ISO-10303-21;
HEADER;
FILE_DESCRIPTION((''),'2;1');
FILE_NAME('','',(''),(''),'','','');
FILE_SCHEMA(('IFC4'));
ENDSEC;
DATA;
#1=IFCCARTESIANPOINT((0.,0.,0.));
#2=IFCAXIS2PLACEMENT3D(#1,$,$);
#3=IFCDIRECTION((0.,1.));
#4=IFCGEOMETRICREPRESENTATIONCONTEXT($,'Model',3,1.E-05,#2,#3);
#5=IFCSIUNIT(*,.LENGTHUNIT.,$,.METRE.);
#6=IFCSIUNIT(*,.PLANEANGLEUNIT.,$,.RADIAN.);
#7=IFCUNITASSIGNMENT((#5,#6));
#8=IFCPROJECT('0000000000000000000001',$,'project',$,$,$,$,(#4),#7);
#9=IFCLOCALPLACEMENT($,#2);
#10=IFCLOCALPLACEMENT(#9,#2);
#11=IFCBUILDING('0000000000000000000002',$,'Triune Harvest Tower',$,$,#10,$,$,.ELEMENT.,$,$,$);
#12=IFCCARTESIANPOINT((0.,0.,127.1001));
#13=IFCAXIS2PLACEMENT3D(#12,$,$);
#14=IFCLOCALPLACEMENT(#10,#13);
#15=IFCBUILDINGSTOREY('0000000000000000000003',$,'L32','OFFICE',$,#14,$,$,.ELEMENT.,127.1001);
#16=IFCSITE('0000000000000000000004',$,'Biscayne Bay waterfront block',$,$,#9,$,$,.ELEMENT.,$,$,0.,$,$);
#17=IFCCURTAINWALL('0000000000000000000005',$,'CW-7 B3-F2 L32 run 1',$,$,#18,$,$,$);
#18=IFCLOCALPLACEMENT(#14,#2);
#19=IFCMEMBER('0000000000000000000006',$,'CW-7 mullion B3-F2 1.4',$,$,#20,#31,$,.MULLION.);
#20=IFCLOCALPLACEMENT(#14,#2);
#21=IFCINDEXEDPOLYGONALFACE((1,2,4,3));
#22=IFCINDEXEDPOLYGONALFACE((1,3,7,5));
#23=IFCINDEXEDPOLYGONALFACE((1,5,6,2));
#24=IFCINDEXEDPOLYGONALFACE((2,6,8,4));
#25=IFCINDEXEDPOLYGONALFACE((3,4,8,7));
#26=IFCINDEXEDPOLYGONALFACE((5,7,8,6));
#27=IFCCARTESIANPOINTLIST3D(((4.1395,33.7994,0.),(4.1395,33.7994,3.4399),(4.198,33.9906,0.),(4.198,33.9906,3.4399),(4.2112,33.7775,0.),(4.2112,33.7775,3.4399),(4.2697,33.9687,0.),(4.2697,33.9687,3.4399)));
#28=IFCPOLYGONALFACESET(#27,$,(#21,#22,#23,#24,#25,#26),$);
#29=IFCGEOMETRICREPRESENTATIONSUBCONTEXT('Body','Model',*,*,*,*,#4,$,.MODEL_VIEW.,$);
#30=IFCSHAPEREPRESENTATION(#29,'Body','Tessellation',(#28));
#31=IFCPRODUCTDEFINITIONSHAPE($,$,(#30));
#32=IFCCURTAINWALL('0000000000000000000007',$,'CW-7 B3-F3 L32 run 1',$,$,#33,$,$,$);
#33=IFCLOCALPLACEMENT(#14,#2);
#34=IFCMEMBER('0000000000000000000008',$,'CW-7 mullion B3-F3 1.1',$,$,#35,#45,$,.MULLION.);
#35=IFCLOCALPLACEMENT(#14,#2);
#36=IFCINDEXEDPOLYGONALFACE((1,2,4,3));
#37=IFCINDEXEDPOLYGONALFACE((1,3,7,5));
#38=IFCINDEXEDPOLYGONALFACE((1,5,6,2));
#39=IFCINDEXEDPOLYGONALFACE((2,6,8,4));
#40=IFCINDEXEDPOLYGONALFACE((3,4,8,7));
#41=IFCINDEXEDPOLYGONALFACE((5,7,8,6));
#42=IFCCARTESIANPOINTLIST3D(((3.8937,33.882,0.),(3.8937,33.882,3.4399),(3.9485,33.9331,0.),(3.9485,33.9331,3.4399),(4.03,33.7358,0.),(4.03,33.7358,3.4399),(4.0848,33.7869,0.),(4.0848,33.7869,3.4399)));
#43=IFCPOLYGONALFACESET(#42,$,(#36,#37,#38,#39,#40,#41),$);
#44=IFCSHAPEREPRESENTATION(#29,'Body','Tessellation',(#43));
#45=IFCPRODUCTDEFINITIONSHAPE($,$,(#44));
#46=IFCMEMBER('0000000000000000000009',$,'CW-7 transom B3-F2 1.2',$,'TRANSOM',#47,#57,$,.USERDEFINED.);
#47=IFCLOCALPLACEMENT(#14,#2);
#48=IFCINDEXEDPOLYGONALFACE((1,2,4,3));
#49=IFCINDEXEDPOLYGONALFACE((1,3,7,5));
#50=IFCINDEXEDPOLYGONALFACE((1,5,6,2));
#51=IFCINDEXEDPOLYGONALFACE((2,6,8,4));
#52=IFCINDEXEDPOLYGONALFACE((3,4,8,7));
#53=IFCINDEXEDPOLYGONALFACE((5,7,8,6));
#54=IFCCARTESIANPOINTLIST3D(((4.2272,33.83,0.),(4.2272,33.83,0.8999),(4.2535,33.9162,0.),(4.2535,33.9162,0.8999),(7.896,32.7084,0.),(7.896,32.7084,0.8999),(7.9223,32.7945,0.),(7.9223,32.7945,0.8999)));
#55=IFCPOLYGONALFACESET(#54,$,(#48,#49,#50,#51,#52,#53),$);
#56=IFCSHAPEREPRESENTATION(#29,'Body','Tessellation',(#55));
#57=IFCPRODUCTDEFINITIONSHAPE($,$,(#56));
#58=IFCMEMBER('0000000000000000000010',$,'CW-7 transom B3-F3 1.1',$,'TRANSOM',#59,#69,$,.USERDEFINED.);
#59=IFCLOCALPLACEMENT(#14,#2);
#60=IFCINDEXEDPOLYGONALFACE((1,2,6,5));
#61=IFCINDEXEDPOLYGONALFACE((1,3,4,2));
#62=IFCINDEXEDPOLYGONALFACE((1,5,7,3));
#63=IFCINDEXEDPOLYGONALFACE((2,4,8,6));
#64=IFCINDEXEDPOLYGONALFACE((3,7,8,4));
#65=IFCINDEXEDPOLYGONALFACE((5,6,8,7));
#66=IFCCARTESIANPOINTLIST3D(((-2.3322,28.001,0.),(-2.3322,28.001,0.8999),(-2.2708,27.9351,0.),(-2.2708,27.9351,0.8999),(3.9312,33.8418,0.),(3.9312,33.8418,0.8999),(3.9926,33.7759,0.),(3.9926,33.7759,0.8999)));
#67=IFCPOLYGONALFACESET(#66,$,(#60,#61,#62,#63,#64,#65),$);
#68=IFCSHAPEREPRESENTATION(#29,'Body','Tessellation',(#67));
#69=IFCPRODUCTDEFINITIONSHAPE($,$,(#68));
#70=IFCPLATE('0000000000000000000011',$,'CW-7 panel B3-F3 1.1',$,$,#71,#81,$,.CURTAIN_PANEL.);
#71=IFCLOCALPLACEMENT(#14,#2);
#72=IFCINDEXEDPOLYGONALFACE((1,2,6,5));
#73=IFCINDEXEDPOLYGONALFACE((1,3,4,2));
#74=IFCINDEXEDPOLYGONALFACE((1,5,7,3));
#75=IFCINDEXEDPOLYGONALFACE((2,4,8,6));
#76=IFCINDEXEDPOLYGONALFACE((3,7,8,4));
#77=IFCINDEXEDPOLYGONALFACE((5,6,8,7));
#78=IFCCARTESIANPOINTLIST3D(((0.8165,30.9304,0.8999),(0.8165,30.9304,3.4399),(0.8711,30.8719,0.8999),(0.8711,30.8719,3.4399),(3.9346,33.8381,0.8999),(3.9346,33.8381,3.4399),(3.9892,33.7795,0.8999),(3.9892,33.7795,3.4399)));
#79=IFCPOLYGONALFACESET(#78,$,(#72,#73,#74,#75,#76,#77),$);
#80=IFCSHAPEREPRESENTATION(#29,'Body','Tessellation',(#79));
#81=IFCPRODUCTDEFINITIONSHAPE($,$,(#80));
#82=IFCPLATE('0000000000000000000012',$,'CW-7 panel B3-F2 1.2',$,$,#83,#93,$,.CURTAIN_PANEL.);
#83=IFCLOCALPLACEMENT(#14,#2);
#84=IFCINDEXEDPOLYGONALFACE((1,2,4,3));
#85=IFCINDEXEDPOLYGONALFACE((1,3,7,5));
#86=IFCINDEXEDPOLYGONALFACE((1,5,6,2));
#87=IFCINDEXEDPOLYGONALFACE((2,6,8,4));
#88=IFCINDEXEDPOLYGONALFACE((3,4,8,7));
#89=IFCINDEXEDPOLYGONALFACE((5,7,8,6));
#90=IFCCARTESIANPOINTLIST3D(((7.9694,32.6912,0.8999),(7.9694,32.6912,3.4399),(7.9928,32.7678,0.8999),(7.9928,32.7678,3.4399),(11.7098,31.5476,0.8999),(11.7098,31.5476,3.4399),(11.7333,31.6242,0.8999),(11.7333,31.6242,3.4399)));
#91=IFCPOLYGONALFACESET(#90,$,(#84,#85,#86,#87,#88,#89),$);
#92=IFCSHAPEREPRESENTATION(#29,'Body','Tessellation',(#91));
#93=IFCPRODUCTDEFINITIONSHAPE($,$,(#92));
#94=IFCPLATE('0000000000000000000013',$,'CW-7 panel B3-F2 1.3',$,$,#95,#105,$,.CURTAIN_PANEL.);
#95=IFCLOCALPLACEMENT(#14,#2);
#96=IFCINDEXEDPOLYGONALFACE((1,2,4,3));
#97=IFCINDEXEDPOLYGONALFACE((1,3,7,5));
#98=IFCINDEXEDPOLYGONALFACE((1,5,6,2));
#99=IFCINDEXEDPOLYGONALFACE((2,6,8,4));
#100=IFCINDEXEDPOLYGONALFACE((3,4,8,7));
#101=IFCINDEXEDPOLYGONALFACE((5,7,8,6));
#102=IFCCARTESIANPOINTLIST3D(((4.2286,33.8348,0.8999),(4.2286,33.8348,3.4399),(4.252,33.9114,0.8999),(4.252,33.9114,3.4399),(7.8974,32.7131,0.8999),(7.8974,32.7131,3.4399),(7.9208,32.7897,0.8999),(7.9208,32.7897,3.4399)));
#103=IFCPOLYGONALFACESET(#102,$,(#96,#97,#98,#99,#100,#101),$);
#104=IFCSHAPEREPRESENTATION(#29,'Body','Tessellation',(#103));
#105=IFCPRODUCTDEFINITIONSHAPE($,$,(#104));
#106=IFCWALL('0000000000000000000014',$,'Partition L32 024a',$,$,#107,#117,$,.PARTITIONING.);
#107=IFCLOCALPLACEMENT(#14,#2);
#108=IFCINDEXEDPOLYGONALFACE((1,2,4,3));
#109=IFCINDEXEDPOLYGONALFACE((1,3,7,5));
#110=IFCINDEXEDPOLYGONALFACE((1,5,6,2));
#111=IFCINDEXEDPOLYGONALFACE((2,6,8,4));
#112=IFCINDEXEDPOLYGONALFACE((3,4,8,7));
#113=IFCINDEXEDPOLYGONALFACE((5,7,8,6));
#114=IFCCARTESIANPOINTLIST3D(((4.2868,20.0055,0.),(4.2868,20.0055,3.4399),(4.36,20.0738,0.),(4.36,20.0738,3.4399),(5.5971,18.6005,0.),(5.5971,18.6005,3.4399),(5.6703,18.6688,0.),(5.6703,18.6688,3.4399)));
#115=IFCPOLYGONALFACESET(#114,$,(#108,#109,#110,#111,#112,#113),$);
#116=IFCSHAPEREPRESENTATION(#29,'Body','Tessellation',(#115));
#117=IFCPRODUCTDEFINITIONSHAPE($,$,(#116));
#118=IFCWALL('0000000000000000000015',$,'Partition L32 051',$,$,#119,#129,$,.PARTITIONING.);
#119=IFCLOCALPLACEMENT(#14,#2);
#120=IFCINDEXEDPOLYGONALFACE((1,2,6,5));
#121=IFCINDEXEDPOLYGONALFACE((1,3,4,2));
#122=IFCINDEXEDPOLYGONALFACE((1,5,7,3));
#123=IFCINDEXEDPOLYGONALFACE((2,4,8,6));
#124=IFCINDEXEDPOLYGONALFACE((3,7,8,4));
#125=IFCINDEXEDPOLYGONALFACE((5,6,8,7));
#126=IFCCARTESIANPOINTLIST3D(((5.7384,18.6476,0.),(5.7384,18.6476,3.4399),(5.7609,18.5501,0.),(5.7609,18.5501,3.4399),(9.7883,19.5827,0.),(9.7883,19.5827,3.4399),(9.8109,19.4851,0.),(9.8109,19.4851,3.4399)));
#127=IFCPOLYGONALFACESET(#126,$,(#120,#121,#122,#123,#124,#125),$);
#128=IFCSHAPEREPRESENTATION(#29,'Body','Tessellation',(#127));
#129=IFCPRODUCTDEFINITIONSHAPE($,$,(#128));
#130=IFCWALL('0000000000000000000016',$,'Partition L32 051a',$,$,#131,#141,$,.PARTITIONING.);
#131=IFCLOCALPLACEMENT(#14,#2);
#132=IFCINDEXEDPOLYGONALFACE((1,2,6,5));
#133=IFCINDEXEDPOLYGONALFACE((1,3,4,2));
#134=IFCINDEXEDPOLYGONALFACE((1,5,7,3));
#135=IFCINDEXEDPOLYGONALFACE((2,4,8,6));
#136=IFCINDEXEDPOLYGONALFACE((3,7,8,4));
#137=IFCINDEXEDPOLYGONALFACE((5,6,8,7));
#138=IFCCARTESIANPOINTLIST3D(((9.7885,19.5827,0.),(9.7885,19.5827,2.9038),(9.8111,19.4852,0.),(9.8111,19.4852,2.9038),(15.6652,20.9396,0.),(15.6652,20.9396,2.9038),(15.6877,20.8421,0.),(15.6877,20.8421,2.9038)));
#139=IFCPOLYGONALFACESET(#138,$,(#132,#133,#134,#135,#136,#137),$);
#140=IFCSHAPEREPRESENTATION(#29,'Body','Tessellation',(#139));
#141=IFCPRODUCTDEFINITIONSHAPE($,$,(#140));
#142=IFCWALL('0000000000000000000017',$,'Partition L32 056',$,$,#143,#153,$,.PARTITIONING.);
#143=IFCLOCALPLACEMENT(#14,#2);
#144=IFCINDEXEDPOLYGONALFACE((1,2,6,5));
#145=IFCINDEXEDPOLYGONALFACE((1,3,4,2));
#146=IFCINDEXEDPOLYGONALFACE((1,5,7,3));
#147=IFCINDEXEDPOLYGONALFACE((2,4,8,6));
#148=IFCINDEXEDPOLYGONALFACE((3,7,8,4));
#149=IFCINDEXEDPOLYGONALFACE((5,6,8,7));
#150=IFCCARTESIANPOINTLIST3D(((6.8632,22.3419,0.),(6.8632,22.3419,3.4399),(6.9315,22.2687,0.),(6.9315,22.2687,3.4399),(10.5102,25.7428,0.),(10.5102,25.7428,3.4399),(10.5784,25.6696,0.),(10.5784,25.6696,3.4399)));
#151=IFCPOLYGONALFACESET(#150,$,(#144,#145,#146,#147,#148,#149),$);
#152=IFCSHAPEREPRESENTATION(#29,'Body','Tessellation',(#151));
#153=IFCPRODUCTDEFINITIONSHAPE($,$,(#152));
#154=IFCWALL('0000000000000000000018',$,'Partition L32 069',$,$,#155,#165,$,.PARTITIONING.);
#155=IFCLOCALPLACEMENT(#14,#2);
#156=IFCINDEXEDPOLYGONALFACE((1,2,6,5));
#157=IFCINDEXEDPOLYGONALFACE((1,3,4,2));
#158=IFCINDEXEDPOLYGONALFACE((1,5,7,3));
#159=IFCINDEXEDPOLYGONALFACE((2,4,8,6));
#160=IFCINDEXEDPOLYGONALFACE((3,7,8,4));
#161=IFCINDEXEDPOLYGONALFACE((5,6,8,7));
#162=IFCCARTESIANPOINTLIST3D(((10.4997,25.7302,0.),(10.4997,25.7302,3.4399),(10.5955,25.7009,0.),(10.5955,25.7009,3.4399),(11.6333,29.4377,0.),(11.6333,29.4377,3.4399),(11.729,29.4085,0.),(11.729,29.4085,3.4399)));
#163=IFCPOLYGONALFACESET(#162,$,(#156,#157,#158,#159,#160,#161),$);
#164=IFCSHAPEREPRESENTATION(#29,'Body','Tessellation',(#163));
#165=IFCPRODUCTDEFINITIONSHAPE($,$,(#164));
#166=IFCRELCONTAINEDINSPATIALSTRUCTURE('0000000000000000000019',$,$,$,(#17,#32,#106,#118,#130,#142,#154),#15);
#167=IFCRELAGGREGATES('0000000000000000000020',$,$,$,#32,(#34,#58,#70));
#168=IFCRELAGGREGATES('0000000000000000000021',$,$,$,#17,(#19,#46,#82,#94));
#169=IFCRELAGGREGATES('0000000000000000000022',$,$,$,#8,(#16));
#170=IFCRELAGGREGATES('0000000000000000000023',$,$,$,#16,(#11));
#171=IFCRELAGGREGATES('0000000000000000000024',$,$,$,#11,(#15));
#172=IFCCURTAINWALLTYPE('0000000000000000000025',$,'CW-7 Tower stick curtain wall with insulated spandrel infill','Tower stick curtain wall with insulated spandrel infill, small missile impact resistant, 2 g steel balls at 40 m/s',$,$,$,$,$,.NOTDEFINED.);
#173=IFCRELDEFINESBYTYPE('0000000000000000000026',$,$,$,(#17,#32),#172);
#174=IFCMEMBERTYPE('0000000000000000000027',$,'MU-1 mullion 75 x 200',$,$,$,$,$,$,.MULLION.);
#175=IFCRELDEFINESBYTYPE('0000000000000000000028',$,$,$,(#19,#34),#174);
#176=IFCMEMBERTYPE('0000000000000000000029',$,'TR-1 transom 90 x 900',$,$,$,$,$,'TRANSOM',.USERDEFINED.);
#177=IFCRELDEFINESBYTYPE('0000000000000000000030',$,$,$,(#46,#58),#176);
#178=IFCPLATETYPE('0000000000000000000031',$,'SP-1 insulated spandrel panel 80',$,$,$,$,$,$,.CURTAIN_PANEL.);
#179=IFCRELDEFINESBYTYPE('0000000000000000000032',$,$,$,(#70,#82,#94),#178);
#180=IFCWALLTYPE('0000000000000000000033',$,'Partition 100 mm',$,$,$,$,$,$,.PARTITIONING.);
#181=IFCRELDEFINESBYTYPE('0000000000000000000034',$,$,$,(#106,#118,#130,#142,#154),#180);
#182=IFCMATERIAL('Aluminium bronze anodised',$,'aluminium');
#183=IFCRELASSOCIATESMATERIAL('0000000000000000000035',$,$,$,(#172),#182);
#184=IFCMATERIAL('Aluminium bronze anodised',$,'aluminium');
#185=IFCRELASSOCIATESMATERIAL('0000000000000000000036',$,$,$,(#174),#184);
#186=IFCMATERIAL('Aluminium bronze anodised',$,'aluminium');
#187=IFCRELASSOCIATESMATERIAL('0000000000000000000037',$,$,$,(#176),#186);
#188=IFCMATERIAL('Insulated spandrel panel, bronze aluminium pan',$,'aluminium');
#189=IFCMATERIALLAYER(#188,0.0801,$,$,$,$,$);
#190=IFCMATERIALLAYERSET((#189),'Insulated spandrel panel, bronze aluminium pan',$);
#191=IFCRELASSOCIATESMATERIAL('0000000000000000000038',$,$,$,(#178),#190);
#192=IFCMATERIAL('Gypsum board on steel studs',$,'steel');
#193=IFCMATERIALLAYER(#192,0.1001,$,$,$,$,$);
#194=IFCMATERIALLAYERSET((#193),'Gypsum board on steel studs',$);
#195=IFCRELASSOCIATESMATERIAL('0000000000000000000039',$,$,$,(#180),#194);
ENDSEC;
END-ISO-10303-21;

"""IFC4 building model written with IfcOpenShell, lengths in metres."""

from ifc_helpers import new_model, si_unit, direction, frame, frame_2d, origin, origin_2d, place, context, subcontext, project, spatial, rectangle, extrude, source, transform, mapped, material, layer, layer_set, material_profile, profile_set, type_object, element, aggregate, save


model = new_model("IFC4")

# Units and contexts
model_context = context("Model", 3, precision=1e-05, world=origin(), true_north=direction((0.0, 1.0)))
body_context = subcontext(model_context, "Body", "Model", "MODEL_VIEW")
ifc_project = project(units=[si_unit("LENGTHUNIT", "METRE"), si_unit("PLANEANGLEUNIT", "RADIAN")], contexts=[model_context])

# Site, building, storey
site_placement = place(None, origin())
site = spatial("IfcSite", under=ifc_project, at=site_placement, Name="Biscayne Bay waterfront block", CompositionType="ELEMENT", RefElevation=0.0)
building_placement = place(site_placement, origin())
building = spatial("IfcBuilding", under=site, at=building_placement, Name="Triune Harvest Tower", CompositionType="ELEMENT")
storey_placement = place(building_placement, frame((0.0, 0.0, 127.1001)))
storey = spatial("IfcBuildingStorey", under=building, at=storey_placement, Name="L32", Description="OFFICE", CompositionType="ELEMENT", Elevation=127.1001)

# Curtain wall, member
ifc_material_1 = material(Name="Aluminium bronze anodised", Category="aluminium")
curtain_wall_type = type_object("IfcCurtainWallType", Name="CW-7 Tower stick curtain wall with insulated spandrel infill", Description="Tower stick curtain wall with insulated spandrel infill, small missile impact resistant, 2 g steel balls at 40 m/s", PredefinedType="NOTDEFINED", material=ifc_material_1)
curtain_wall_1_placement = place(storey_placement, origin())
curtain_wall_1 = element("IfcCurtainWall", 1, at=curtain_wall_1_placement, inside=storey, type_object=curtain_wall_type, Name="CW-7 B3-F2 L32 run 1")
ifc_material_2 = material(Name="Aluminium bronze anodised", Category="aluminium")
ifc_material_profile_1 = material_profile(ifc_material_2, rectangle(XDim=0.2, YDim=0.075, at=origin_2d()), Name="MU-1 mullion 75 x 200")
ifc_profile_set_1 = profile_set([ifc_material_profile_1], Name="Aluminium bronze anodised")
member_type_1 = type_object("IfcMemberType", Name="MU-1 mullion 75 x 200", PredefinedType="MULLION", material=ifc_profile_set_1)
shared_shape_1 = source(origin(), body_context, "Body", "SweptSolid", [
    extrude(rectangle(XDim=0.2, YDim=0.075, at=origin_2d()), origin(), (0.0, 0.0, 1.0), 3.4399),
])
member_1_placement = place(storey_placement, frame((4.2046, 33.884, 0.0), z_axis=(0.0, 0.0, 1.0), x_axis=(-0.292377, -0.956303, 0.0)))
member_1 = element("IfcMember", 2, at=member_1_placement, type_object=member_type_1, Name="CW-7 mullion B3-F2 1.4", PredefinedType="MULLION", context=body_context, shape_type="MappedRepresentation", body=[
    mapped(shared_shape_1, transform((0.0, 0.0, 0.0), scale=1.0)),
])

# Curtain wall, member
curtain_wall_2_placement = place(storey_placement, origin())
curtain_wall_2 = element("IfcCurtainWall", 3, at=curtain_wall_2_placement, inside=storey, type_object=curtain_wall_type, Name="CW-7 B3-F3 L32 run 1")
member_2_placement = place(storey_placement, frame((3.9893, 33.8345, 0.0), z_axis=(0.0, 0.0, 1.0), x_axis=(0.681997, -0.731355, 0.0)))
member_2 = element("IfcMember", 4, at=member_2_placement, type_object=member_type_1, Name="CW-7 mullion B3-F3 1.1", PredefinedType="MULLION", context=body_context, shape_type="MappedRepresentation", body=[
    mapped(shared_shape_1, transform((0.0, 0.0, 0.0), scale=1.0)),
])

# Members
ifc_material_3 = material(Name="Aluminium bronze anodised", Category="aluminium")
ifc_material_profile_2 = material_profile(ifc_material_3, rectangle(XDim=0.0901, YDim=0.8999, at=origin_2d()), Name="TR-1 transom 90 x 900")
ifc_profile_set_2 = profile_set([ifc_material_profile_2], Name="Aluminium bronze anodised")
member_type_2 = type_object("IfcMemberType", Name="TR-1 transom 90 x 900", ElementType="TRANSOM", PredefinedType="USERDEFINED", material=ifc_profile_set_2)
shared_shape_2 = source(origin(), body_context, "Body", "SweptSolid", [
    extrude(rectangle(XDim=0.0901, YDim=0.8999, at=origin_2d()), origin(), (0.0, 0.0, 1.0), 3.8364),
])
member_3_placement = place(storey_placement, frame((7.9092, 32.7515, 0.45), z_axis=(-0.956309, 0.292359, 0.0), x_axis=(-0.292359, -0.956309, 0.0)))
member_3 = element("IfcMember", 5, at=member_3_placement, type_object=member_type_2, Name="CW-7 transom B3-F2 1.2", ObjectType="TRANSOM", PredefinedType="USERDEFINED", context=body_context, shape_type="MappedRepresentation", body=[
    mapped(shared_shape_2, transform((0.0, 0.0, 0.0), scale=1.0)),
])
shared_shape_3 = source(origin(), body_context, "Body", "SweptSolid", [
    extrude(rectangle(XDim=0.0901, YDim=0.8999, at=origin_2d()), origin(), (0.0, 0.0, 1.0), 8.5642),
])
member_4_placement = place(storey_placement, frame((3.9619, 33.8088, 0.45), z_axis=(-0.731349, -0.682003, 0.0), x_axis=(0.682003, -0.731349, 0.0)))
member_4 = element("IfcMember", 6, at=member_4_placement, type_object=member_type_2, Name="CW-7 transom B3-F3 1.1", ObjectType="TRANSOM", PredefinedType="USERDEFINED", context=body_context, shape_type="MappedRepresentation", body=[
    mapped(shared_shape_3, transform((0.0, 0.0, 0.0), scale=1.0)),
])

# Plates
ifc_material_4 = material(Name="Insulated spandrel panel, bronze aluminium pan", Category="aluminium")
ifc_layer_1 = layer(ifc_material_4, 0.0801)
ifc_layer_set_1 = layer_set([ifc_layer_1], Name="Insulated spandrel panel, bronze aluminium pan")
plate_type = type_object("IfcPlateType", Name="SP-1 insulated spandrel panel 80", PredefinedType="CURTAIN_PANEL", material=ifc_layer_set_1)
shared_shape_4 = source(origin(), body_context, "Body", "SweptSolid", [
    extrude(rectangle(XDim=4.2634, YDim=0.0801, at=origin_2d()), origin(), (0.0, 0.0, 1.0), 2.54),
])
plate_1_placement = place(storey_placement, frame((2.4028, 32.355, 0.8999), z_axis=(0.0, 0.0, 1.0), x_axis=(-0.731355, -0.681997, 0.0)))
plate_1 = element("IfcPlate", 7, at=plate_1_placement, type_object=plate_type, Name="CW-7 panel B3-F3 1.1", PredefinedType="CURTAIN_PANEL", context=body_context, shape_type="MappedRepresentation", body=[
    mapped(shared_shape_4, transform((0.0, 0.0, 0.0), scale=1.0)),
])
aggregate(curtain_wall_2, [member_2, member_4, plate_1])
shared_shape_5 = source(origin(), body_context, "Body", "SweptSolid", [
    extrude(rectangle(XDim=3.9114, YDim=0.0801, at=origin_2d()), origin(), (0.0, 0.0, 1.0), 2.54),
])
plate_2_placement = place(storey_placement, frame((9.8513, 32.1577, 0.8999), z_axis=(0.0, 0.0, 1.0), x_axis=(-0.956303, 0.292377, 0.0)))
plate_2 = element("IfcPlate", 8, at=plate_2_placement, type_object=plate_type, Name="CW-7 panel B3-F2 1.2", PredefinedType="CURTAIN_PANEL", context=body_context, shape_type="MappedRepresentation", body=[
    mapped(shared_shape_5, transform((0.0, 0.0, 0.0), scale=1.0)),
])
shared_shape_6 = source(origin(), body_context, "Body", "SweptSolid", [
    extrude(rectangle(XDim=3.8364, YDim=0.0801, at=origin_2d()), origin(), (0.0, 0.0, 1.0), 2.54),
])
plate_3_placement = place(storey_placement, frame((6.0747, 33.3123, 0.8999), z_axis=(0.0, 0.0, 1.0), x_axis=(-0.956303, 0.292377, 0.0)))
plate_3 = element("IfcPlate", 9, at=plate_3_placement, type_object=plate_type, Name="CW-7 panel B3-F2 1.3", PredefinedType="CURTAIN_PANEL", context=body_context, shape_type="MappedRepresentation", body=[
    mapped(shared_shape_6, transform((0.0, 0.0, 0.0), scale=1.0)),
])
aggregate(curtain_wall_1, [member_1, member_3, plate_2, plate_3])

# Walls
ifc_material_5 = material(Name="Gypsum board on steel studs", Category="steel")
ifc_layer_2 = layer(ifc_material_5, 0.1001)
ifc_layer_set_2 = layer_set([ifc_layer_2], Name="Gypsum board on steel studs")
wall_type_1 = type_object("IfcWallType", Name="Partition 100 mm", PredefinedType="PARTITIONING", material=ifc_layer_set_2)
wall_1_placement = place(storey_placement, frame((4.3235, 20.0396, 0.0), z_axis=(0.0, 0.0, 1.0), x_axis=(0.682024, -0.73133, 0.0)))
element("IfcWall", 10, at=wall_1_placement, inside=storey, type_object=wall_type_1, Name="Partition L32 024a", PredefinedType="PARTITIONING", context=body_context, shape_type="SweptSolid", body=[
    extrude(rectangle(XDim=1.9211, YDim=0.1001, at=frame_2d((0.9604, 0.0))), origin(), (0.0, 0.0, 1.0), 3.4399),
])
wall_2_placement = place(storey_placement, frame((5.7498, 18.5989, 0.0), z_axis=(0.0, 0.0, 1.0), x_axis=(0.974368, 0.224958, 0.0)))
element("IfcWall", 11, at=wall_2_placement, inside=storey, type_object=wall_type_1, Name="Partition L32 051", PredefinedType="PARTITIONING", context=body_context, shape_type="SweptSolid", body=[
    extrude(rectangle(XDim=4.1565, YDim=0.1001, at=frame_2d((2.0781, 0.0))), origin(), (0.0, 0.0, 1.0), 3.4399),
])
wall_3_placement = place(storey_placement, frame((9.7998, 19.5339, 0.0), z_axis=(0.0, 0.0, 1.0), x_axis=(0.974363, 0.224981, 0.0)))
element("IfcWall", 12, at=wall_3_placement, inside=storey, type_object=wall_type_1, Name="Partition L32 051a", PredefinedType="PARTITIONING", context=body_context, shape_type="SweptSolid", body=[
    extrude(rectangle(XDim=6.0312, YDim=0.1001, at=frame_2d((3.0156, 0.0))), origin(), (0.0, 0.0, 1.0), 2.9038),
])
wall_4_placement = place(storey_placement, frame((6.8975, 22.3054, 0.0), z_axis=(0.0, 0.0, 1.0), x_axis=(0.731352, 0.682001, 0.0)))
element("IfcWall", 13, at=wall_4_placement, inside=storey, type_object=wall_type_1, Name="Partition L32 056", PredefinedType="PARTITIONING", context=body_context, shape_type="SweptSolid", body=[
    extrude(rectangle(XDim=4.9866, YDim=0.1001, at=frame_2d((2.4932, 0.0))), origin(), (0.0, 0.0, 1.0), 3.4399),
])
wall_5_placement = place(storey_placement, frame((10.5476, 25.7156, 0.0), z_axis=(0.0, 0.0, 1.0), x_axis=(0.292382, 0.956302, 0.0)))
element("IfcWall", 14, at=wall_5_placement, inside=storey, type_object=wall_type_1, Name="Partition L32 069", PredefinedType="PARTITIONING", context=body_context, shape_type="SweptSolid", body=[
    extrude(rectangle(XDim=3.877, YDim=0.1001, at=frame_2d((1.9385, 0.0))), origin(), (0.0, 0.0, 1.0), 3.4399),
])

save(model, "model.ifc")
